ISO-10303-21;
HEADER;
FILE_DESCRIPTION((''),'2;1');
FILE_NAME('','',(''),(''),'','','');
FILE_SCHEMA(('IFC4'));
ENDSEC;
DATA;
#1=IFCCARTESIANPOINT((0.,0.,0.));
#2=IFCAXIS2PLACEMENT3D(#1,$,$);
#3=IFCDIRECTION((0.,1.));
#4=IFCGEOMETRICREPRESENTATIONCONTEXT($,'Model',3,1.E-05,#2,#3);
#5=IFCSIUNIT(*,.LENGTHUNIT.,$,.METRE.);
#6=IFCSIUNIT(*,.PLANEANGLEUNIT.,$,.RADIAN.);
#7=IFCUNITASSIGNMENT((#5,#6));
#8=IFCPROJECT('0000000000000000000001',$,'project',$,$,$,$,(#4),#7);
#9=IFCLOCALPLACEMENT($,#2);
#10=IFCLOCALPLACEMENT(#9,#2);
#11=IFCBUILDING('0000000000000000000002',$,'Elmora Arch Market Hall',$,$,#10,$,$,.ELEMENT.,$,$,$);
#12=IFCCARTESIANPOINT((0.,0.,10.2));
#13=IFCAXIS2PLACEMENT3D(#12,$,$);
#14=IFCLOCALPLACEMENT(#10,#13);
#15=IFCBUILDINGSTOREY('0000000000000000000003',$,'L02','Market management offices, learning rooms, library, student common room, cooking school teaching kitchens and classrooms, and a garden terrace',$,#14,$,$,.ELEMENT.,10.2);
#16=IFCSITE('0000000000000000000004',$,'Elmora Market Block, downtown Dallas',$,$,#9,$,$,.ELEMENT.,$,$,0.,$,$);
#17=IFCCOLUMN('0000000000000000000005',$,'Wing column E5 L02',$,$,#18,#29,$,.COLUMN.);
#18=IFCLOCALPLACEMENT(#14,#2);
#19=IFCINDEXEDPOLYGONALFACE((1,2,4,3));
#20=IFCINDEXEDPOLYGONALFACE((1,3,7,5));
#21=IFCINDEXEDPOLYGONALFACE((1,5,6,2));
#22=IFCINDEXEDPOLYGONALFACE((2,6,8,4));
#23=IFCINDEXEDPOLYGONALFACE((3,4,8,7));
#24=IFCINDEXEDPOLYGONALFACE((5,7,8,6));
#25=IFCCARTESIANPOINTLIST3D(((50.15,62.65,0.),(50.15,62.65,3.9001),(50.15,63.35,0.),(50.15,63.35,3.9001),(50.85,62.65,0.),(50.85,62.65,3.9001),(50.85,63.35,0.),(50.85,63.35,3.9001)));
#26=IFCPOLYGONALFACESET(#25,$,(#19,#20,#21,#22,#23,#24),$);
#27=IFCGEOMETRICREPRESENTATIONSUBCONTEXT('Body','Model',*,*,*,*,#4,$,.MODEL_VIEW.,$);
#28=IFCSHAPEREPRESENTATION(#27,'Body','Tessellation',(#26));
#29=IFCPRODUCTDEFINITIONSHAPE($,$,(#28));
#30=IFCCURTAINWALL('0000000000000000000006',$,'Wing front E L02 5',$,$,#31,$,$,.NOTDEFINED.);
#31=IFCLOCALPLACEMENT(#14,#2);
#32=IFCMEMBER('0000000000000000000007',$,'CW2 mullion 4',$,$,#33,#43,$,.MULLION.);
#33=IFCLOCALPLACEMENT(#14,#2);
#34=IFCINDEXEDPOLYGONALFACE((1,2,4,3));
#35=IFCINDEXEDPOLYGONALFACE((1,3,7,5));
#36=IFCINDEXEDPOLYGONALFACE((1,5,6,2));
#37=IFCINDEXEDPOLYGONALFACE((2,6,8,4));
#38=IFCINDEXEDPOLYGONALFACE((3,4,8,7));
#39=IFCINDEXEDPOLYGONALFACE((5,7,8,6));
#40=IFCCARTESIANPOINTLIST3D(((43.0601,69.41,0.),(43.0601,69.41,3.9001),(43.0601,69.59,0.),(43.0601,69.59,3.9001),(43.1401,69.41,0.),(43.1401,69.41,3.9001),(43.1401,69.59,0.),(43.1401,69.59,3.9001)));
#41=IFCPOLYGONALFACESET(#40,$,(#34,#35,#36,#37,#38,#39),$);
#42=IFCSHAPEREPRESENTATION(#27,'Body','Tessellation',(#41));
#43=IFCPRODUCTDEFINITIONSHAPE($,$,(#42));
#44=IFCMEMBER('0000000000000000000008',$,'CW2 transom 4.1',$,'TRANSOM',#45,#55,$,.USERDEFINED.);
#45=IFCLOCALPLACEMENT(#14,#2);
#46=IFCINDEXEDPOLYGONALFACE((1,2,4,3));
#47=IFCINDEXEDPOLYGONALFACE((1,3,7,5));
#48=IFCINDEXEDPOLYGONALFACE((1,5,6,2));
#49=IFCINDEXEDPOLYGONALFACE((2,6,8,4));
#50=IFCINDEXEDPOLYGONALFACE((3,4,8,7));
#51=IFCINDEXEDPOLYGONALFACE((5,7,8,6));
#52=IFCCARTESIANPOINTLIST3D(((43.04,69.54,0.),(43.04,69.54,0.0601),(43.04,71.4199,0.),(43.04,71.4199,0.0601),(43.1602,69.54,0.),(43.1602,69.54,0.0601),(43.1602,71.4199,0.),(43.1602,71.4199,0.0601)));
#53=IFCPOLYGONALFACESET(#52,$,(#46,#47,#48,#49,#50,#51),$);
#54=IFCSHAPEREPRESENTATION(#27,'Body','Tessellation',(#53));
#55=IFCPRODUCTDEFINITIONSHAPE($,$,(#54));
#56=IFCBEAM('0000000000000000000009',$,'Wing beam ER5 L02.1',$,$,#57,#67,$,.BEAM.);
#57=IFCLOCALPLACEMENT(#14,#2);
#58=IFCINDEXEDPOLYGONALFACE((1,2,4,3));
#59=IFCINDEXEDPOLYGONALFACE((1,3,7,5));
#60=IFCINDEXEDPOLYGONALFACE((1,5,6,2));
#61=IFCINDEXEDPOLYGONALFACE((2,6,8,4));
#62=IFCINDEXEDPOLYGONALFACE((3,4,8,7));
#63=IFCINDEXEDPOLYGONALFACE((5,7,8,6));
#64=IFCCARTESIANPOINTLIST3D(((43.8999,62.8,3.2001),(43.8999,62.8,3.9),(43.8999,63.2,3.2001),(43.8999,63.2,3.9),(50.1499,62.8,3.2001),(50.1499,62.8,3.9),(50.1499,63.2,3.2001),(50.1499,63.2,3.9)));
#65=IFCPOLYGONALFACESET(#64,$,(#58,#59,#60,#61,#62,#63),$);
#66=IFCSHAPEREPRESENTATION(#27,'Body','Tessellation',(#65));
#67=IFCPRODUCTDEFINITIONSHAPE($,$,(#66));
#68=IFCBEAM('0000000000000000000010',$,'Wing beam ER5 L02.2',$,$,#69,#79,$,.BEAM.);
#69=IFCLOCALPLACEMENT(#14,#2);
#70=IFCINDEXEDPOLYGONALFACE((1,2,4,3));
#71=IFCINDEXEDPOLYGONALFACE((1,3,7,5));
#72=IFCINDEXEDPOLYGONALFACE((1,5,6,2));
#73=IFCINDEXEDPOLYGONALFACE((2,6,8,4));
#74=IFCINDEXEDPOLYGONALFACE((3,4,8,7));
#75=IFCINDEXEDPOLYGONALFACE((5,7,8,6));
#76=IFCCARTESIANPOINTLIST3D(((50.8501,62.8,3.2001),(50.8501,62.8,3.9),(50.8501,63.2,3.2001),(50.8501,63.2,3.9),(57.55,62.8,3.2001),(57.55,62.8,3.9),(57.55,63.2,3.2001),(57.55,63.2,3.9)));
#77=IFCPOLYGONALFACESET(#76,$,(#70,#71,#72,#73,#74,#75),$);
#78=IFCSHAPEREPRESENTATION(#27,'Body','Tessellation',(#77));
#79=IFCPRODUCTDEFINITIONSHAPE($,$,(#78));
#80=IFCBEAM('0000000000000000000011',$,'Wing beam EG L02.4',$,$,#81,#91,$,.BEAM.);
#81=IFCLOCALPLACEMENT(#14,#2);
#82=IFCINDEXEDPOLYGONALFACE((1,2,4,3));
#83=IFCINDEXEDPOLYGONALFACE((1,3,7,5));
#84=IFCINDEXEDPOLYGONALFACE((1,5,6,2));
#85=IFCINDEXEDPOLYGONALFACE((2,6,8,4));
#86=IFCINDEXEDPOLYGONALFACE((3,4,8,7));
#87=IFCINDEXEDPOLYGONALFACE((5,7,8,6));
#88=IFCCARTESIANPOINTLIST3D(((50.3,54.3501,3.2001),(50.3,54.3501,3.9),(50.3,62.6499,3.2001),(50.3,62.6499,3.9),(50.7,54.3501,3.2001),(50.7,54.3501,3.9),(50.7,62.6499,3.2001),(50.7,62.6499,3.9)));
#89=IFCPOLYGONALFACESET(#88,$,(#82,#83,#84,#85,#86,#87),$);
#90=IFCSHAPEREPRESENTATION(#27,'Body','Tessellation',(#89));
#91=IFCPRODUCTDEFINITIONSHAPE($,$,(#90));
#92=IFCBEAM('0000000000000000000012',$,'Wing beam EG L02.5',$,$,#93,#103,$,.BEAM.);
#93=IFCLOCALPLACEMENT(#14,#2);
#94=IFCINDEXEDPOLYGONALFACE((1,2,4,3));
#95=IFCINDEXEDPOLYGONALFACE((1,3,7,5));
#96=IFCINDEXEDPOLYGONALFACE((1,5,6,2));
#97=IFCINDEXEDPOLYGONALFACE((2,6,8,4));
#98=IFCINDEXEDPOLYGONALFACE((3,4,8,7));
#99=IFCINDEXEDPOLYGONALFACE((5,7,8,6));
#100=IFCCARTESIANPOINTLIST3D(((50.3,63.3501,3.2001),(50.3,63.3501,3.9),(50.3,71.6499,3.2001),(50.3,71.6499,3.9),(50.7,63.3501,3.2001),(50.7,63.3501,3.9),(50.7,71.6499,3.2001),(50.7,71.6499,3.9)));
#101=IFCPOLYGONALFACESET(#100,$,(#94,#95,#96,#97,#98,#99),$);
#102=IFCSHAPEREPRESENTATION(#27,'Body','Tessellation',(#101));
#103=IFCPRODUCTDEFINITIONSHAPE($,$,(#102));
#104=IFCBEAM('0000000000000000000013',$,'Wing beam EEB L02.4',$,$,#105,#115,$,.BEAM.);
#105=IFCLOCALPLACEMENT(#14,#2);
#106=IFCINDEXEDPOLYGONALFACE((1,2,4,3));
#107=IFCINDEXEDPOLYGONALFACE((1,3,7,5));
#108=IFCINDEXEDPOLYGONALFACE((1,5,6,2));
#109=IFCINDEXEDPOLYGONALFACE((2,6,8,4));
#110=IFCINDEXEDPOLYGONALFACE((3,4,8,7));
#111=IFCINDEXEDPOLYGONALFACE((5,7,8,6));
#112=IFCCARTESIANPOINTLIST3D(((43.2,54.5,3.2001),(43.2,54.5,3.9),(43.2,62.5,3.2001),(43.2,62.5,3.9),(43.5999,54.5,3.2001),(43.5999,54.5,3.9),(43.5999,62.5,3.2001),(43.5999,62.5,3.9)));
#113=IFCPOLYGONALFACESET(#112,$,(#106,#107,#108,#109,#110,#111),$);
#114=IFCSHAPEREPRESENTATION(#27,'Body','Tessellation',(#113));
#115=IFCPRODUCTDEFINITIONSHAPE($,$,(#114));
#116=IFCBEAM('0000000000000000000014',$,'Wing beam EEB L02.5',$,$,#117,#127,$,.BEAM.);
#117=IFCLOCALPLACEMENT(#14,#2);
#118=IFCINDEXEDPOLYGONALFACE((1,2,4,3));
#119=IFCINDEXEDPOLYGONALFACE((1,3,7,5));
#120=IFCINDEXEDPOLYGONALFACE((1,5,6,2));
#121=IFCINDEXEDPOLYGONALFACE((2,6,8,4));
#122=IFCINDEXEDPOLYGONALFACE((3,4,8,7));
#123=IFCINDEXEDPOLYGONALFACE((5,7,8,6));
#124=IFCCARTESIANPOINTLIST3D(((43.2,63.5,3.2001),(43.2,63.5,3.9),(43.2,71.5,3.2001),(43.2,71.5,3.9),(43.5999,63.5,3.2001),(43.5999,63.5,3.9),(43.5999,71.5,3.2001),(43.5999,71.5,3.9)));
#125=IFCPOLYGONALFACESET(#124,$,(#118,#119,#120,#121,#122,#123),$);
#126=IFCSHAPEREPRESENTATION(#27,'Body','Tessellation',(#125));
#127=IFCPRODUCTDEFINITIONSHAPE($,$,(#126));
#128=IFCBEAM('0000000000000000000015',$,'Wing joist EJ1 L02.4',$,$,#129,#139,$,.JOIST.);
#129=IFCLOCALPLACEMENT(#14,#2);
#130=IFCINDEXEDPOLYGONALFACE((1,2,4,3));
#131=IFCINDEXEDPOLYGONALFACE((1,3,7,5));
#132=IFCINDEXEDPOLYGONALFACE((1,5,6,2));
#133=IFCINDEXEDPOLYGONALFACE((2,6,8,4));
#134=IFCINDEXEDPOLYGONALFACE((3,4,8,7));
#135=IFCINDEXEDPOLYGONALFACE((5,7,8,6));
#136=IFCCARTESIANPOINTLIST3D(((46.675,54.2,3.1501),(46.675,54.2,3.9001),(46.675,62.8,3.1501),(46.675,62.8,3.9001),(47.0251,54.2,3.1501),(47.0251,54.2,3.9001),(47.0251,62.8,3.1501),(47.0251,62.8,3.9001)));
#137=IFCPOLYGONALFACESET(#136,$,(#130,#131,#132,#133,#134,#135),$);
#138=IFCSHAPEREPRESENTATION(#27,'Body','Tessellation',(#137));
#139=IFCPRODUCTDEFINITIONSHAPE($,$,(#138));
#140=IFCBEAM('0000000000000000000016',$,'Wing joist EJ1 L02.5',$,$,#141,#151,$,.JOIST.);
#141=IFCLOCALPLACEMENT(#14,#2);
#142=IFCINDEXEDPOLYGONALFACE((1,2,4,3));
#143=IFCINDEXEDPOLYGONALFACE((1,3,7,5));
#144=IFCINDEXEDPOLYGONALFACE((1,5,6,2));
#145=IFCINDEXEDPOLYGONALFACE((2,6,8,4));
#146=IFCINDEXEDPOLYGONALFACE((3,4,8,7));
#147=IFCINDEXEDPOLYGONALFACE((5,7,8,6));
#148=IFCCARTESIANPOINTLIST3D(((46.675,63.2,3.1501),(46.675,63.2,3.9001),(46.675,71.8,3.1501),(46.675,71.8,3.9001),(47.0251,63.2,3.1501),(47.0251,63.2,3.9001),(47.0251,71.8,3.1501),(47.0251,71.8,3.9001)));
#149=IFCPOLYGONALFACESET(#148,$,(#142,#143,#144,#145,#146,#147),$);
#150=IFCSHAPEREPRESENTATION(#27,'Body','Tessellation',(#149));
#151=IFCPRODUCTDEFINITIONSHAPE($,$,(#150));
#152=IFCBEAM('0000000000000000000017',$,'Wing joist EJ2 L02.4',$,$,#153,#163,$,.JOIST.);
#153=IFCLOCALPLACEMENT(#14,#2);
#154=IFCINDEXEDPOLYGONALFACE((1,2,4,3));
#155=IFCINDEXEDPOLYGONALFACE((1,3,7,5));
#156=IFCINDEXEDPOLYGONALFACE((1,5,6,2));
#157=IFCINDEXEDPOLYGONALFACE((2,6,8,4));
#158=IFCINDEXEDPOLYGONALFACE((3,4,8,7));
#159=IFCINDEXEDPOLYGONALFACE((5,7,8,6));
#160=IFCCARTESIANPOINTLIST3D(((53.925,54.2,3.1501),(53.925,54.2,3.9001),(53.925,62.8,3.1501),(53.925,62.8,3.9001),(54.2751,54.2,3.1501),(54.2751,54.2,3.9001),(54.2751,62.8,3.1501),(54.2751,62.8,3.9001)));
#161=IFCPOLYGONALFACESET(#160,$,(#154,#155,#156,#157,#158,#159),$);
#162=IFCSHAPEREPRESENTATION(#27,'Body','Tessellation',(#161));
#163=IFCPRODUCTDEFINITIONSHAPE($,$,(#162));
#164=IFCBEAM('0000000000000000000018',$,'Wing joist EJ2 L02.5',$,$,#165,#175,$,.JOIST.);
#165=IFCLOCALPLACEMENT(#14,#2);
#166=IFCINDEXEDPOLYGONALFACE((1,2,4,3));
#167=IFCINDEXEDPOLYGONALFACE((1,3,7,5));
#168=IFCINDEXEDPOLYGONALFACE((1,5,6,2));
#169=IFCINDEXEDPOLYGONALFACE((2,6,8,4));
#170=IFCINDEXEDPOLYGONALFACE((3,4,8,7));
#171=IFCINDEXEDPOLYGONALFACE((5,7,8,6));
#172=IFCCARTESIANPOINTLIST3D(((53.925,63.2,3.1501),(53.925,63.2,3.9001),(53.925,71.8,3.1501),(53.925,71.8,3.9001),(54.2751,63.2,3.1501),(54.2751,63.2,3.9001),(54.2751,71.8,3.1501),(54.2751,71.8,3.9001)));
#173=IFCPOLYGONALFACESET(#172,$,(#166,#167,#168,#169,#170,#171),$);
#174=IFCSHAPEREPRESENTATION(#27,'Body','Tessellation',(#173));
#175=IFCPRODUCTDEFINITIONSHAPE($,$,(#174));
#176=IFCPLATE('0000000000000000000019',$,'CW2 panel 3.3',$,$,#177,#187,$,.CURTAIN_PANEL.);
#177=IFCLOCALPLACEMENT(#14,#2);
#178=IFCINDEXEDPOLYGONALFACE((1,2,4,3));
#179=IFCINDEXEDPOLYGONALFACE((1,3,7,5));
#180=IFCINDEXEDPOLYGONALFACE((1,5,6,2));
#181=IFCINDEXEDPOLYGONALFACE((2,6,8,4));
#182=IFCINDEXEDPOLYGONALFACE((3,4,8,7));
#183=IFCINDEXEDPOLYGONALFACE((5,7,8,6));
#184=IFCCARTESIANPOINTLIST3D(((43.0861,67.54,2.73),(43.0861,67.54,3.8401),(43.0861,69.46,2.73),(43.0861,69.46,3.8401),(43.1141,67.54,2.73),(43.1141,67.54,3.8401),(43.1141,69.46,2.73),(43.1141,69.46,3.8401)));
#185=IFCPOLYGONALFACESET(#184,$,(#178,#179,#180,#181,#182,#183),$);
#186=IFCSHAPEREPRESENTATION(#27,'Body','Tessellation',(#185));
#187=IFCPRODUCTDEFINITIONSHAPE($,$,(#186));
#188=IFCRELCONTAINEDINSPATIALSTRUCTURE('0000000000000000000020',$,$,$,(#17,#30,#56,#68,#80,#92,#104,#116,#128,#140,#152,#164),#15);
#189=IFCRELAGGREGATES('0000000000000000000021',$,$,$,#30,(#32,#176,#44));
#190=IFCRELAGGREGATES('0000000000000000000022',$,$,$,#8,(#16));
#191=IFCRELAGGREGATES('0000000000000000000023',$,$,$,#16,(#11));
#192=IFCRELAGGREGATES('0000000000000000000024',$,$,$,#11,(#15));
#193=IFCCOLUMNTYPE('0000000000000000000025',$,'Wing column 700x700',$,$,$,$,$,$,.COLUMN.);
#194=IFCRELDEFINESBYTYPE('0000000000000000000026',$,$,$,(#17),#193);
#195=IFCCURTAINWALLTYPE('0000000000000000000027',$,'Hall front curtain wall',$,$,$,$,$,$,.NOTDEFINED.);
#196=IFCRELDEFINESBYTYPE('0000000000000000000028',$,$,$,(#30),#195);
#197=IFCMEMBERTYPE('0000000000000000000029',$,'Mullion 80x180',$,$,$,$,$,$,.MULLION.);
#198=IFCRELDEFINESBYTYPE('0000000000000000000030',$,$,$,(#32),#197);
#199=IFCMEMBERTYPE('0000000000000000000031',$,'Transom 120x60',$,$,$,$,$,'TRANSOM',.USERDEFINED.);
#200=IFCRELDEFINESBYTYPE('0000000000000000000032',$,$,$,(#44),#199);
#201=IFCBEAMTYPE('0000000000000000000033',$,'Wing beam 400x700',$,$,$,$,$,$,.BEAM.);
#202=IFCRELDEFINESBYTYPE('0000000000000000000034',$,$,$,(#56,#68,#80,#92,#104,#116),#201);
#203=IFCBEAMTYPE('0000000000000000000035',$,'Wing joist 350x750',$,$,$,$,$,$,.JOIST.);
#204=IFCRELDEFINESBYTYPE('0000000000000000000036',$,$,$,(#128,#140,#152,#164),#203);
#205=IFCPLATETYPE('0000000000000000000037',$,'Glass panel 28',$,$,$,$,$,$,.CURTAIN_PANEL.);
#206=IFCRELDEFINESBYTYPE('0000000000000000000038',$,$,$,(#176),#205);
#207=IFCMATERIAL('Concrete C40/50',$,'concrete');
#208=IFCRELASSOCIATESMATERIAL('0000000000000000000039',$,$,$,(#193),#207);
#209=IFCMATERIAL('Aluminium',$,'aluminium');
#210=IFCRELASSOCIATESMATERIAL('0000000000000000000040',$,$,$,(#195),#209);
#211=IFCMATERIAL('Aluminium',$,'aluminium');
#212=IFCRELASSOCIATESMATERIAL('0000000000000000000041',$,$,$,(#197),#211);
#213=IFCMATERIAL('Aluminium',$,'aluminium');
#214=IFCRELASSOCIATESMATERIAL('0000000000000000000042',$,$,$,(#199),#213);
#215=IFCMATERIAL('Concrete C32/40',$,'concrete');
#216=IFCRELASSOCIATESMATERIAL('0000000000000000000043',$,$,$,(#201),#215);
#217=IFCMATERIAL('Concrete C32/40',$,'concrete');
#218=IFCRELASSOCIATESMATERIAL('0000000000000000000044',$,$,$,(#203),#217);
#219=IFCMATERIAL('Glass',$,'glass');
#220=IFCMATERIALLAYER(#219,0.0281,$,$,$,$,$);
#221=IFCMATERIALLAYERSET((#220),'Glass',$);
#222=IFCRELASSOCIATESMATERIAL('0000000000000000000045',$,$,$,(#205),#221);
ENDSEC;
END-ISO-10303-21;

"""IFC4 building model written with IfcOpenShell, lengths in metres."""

from ifc_helpers import new_model, si_unit, direction, frame, origin, origin_2d, place, context, subcontext, project, spatial, rectangle, extrude, material, layer, layer_set, material_profile, profile_set, type_object, element, aggregate, save


model = new_model("IFC4")

# Units and contexts
model_context = context("Model", 3, precision=1e-05, world=origin(), true_north=direction((0.0, 1.0)))
body_context = subcontext(model_context, "Body", "Model", "MODEL_VIEW")
ifc_project = project(units=[si_unit("LENGTHUNIT", "METRE"), si_unit("PLANEANGLEUNIT", "RADIAN")], contexts=[model_context])

# Site, building, storey
site_placement = place(None, origin())
site = spatial("IfcSite", under=ifc_project, at=site_placement, Name="Elmora Market Block, downtown Dallas", CompositionType="ELEMENT", RefElevation=0.0)
building_placement = place(site_placement, origin())
building = spatial("IfcBuilding", under=site, at=building_placement, Name="Elmora Arch Market Hall", CompositionType="ELEMENT")
storey_placement = place(building_placement, frame((0.0, 0.0, 10.2)))
storey = spatial("IfcBuildingStorey", under=building, at=storey_placement, Name="L02", Description="Market management offices, learning rooms, library, student common room, cooking school teaching kitchens and classrooms, and a garden terrace", CompositionType="ELEMENT", Elevation=10.2)

# Column
ifc_material_1 = material(Name="Concrete C40/50", Category="concrete")
ifc_material_profile_1 = material_profile(ifc_material_1, rectangle(XDim=0.7, YDim=0.7, at=origin_2d()), Name="Wing column 700x700")
ifc_profile_set_1 = profile_set([ifc_material_profile_1], Name="Concrete C40/50")
column_type = type_object("IfcColumnType", Name="Wing column 700x700", PredefinedType="COLUMN", material=ifc_profile_set_1)
column_placement = place(storey_placement, frame((50.5, 63.0, 0.0), z_axis=(0.0, 0.0, 1.0), x_axis=(1.0, 0.0, 0.0)))
element("IfcColumn", 1, at=column_placement, inside=storey, type_object=column_type, Name="Wing column E5 L02", PredefinedType="COLUMN", context=body_context, shape_type="SweptSolid", body=[
    extrude(rectangle(XDim=0.7, YDim=0.7, at=origin_2d()), origin(), (0.0, 0.0, 1.0), 3.9001),
])

# Curtain wall, members
ifc_material_2 = material(Name="Aluminium", Category="aluminium")
curtain_wall_type = type_object("IfcCurtainWallType", Name="Hall front curtain wall", PredefinedType="NOTDEFINED", material=ifc_material_2)
curtain_wall_placement = place(storey_placement, origin())
curtain_wall = element("IfcCurtainWall", 2, at=curtain_wall_placement, inside=storey, type_object=curtain_wall_type, Name="Wing front E L02 5", PredefinedType="NOTDEFINED")
ifc_material_3 = material(Name="Aluminium", Category="aluminium")
ifc_material_profile_2 = material_profile(ifc_material_3, rectangle(XDim=0.0801, YDim=0.1799, at=origin_2d()), Name="AL 80x180")
ifc_profile_set_2 = profile_set([ifc_material_profile_2], Name="Aluminium")
member_type_1 = type_object("IfcMemberType", Name="Mullion 80x180", PredefinedType="MULLION", material=ifc_profile_set_2)
member_1_placement = place(storey_placement, frame((43.1001, 69.5, 0.0), z_axis=(0.0, 0.0, 1.0), x_axis=(-1.0, 0.0, 0.0)))
member_1 = element("IfcMember", 3, at=member_1_placement, type_object=member_type_1, Name="CW2 mullion 4", PredefinedType="MULLION", context=body_context, shape_type="SweptSolid", body=[
    extrude(rectangle(XDim=0.0801, YDim=0.1799, at=origin_2d()), origin(), (0.0, 0.0, 1.0), 3.9001),
])
ifc_material_4 = material(Name="Aluminium", Category="aluminium")
ifc_material_profile_3 = material_profile(ifc_material_4, rectangle(XDim=0.1201, YDim=0.0601, at=origin_2d()), Name="AL 120x60")
ifc_profile_set_3 = profile_set([ifc_material_profile_3], Name="Aluminium")
member_type_2 = type_object("IfcMemberType", Name="Transom 120x60", ElementType="TRANSOM", PredefinedType="USERDEFINED", material=ifc_profile_set_3)
member_2_placement = place(storey_placement, frame((43.1001, 69.54, 0.03), z_axis=(0.0, 1.0, 0.0), x_axis=(-1.0, 0.0, 0.0)))
member_2 = element("IfcMember", 4, at=member_2_placement, type_object=member_type_2, Name="CW2 transom 4.1", ObjectType="TRANSOM", PredefinedType="USERDEFINED", context=body_context, shape_type="SweptSolid", body=[
    extrude(rectangle(XDim=0.1201, YDim=0.0601, at=origin_2d()), origin(), (0.0, 0.0, 1.0), 1.8799),
])

# Beams
ifc_material_5 = material(Name="Concrete C32/40", Category="concrete")
ifc_material_profile_4 = material_profile(ifc_material_5, rectangle(XDim=0.3999, YDim=0.7, at=origin_2d()), Name="Wing beam 400x700")
ifc_profile_set_4 = profile_set([ifc_material_profile_4], Name="Concrete C32/40")
beam_type_1 = type_object("IfcBeamType", Name="Wing beam 400x700", PredefinedType="BEAM", material=ifc_profile_set_4)
beam_1_placement = place(storey_placement, frame((43.8999, 63.0, 3.55), z_axis=(1.0, 0.0, 0.0), x_axis=(0.0, 1.0, 0.0)))
element("IfcBeam", 5, at=beam_1_placement, inside=storey, type_object=beam_type_1, Name="Wing beam ER5 L02.1", PredefinedType="BEAM", context=body_context, shape_type="SweptSolid", body=[
    extrude(rectangle(XDim=0.3999, YDim=0.7, at=origin_2d()), origin(), (0.0, 0.0, 1.0), 6.25),
])
beam_2_placement = place(storey_placement, frame((50.8501, 63.0, 3.55), z_axis=(1.0, 0.0, 0.0), x_axis=(0.0, 1.0, 0.0)))
element("IfcBeam", 6, at=beam_2_placement, inside=storey, type_object=beam_type_1, Name="Wing beam ER5 L02.2", PredefinedType="BEAM", context=body_context, shape_type="SweptSolid", body=[
    extrude(rectangle(XDim=0.3999, YDim=0.7, at=origin_2d()), origin(), (0.0, 0.0, 1.0), 6.7),
])
for number, where, z_axis, x_axis, name in (
    (7, (50.5, 54.3501, 3.55), (0.0, 1.0, 0.0), (-1.0, 0.0, 0.0), "Wing beam EG L02.4"),
    (8, (50.5, 63.3501, 3.55), (0.0, 1.0, 0.0), (-1.0, 0.0, 0.0), "Wing beam EG L02.5"),
):
    element("IfcBeam", number, at=place(storey_placement, frame(where, z_axis=z_axis, x_axis=x_axis)), inside=storey, type_object=beam_type_1, Name=name, PredefinedType="BEAM", context=body_context, shape_type="SweptSolid", body=[
        extrude(rectangle(XDim=0.3999, YDim=0.7, at=origin_2d()), origin(), (0.0, 0.0, 1.0), 8.2998),
    ])
for number, where, z_axis, x_axis, name in (
    (9, (43.3999, 54.5, 3.55), (0.0, 1.0, 0.0), (-1.0, 0.0, 0.0), "Wing beam EEB L02.4"),
    (10, (43.3999, 63.5, 3.55), (0.0, 1.0, 0.0), (-1.0, 0.0, 0.0), "Wing beam EEB L02.5"),
):
    element("IfcBeam", number, at=place(storey_placement, frame(where, z_axis=z_axis, x_axis=x_axis)), inside=storey, type_object=beam_type_1, Name=name, PredefinedType="BEAM", context=body_context, shape_type="SweptSolid", body=[
        extrude(rectangle(XDim=0.3999, YDim=0.7, at=origin_2d()), origin(), (0.0, 0.0, 1.0), 8.0),
    ])
ifc_material_6 = material(Name="Concrete C32/40", Category="concrete")
ifc_material_profile_5 = material_profile(ifc_material_6, rectangle(XDim=0.3501, YDim=0.75, at=origin_2d()), Name="Wing joist 350x750")
ifc_profile_set_5 = profile_set([ifc_material_profile_5], Name="Concrete C32/40")
beam_type_2 = type_object("IfcBeamType", Name="Wing joist 350x750", PredefinedType="JOIST", material=ifc_profile_set_5)
for number, where, z_axis, x_axis, name in (
    (11, (46.8501, 54.2, 3.5251), (0.0, 1.0, 0.0), (-1.0, 0.0, 0.0), "Wing joist EJ1 L02.4"),
    (12, (46.8501, 63.2, 3.5251), (0.0, 1.0, 0.0), (-1.0, 0.0, 0.0), "Wing joist EJ1 L02.5"),
    (13, (54.1001, 54.2, 3.5251), (0.0, 1.0, 0.0), (-1.0, 0.0, 0.0), "Wing joist EJ2 L02.4"),
    (14, (54.1001, 63.2, 3.5251), (0.0, 1.0, 0.0), (-1.0, 0.0, 0.0), "Wing joist EJ2 L02.5"),
):
    element("IfcBeam", number, at=place(storey_placement, frame(where, z_axis=z_axis, x_axis=x_axis)), inside=storey, type_object=beam_type_2, Name=name, PredefinedType="JOIST", context=body_context, shape_type="SweptSolid", body=[
        extrude(rectangle(XDim=0.3501, YDim=0.75, at=origin_2d()), origin(), (0.0, 0.0, 1.0), 8.6001),
    ])

# Plate
ifc_material_7 = material(Name="Glass", Category="glass")
ifc_layer_1 = layer(ifc_material_7, 0.0281)
ifc_layer_set_1 = layer_set([ifc_layer_1], Name="Glass")
plate_type = type_object("IfcPlateType", Name="Glass panel 28", PredefinedType="CURTAIN_PANEL", material=ifc_layer_set_1)
plate_placement = place(storey_placement, frame((43.1001, 68.5, 2.73), z_axis=(0.0, 0.0, 1.0), x_axis=(0.0, 1.0, 0.0)))
plate = element("IfcPlate", 15, at=plate_placement, type_object=plate_type, Name="CW2 panel 3.3", PredefinedType="CURTAIN_PANEL", context=body_context, shape_type="SweptSolid", body=[
    extrude(rectangle(XDim=1.9199, YDim=0.0281, at=origin_2d()), origin(), (0.0, 0.0, 1.0), 1.1101),
])
aggregate(curtain_wall, [member_1, plate, member_2])

save(model, "model.ifc")
